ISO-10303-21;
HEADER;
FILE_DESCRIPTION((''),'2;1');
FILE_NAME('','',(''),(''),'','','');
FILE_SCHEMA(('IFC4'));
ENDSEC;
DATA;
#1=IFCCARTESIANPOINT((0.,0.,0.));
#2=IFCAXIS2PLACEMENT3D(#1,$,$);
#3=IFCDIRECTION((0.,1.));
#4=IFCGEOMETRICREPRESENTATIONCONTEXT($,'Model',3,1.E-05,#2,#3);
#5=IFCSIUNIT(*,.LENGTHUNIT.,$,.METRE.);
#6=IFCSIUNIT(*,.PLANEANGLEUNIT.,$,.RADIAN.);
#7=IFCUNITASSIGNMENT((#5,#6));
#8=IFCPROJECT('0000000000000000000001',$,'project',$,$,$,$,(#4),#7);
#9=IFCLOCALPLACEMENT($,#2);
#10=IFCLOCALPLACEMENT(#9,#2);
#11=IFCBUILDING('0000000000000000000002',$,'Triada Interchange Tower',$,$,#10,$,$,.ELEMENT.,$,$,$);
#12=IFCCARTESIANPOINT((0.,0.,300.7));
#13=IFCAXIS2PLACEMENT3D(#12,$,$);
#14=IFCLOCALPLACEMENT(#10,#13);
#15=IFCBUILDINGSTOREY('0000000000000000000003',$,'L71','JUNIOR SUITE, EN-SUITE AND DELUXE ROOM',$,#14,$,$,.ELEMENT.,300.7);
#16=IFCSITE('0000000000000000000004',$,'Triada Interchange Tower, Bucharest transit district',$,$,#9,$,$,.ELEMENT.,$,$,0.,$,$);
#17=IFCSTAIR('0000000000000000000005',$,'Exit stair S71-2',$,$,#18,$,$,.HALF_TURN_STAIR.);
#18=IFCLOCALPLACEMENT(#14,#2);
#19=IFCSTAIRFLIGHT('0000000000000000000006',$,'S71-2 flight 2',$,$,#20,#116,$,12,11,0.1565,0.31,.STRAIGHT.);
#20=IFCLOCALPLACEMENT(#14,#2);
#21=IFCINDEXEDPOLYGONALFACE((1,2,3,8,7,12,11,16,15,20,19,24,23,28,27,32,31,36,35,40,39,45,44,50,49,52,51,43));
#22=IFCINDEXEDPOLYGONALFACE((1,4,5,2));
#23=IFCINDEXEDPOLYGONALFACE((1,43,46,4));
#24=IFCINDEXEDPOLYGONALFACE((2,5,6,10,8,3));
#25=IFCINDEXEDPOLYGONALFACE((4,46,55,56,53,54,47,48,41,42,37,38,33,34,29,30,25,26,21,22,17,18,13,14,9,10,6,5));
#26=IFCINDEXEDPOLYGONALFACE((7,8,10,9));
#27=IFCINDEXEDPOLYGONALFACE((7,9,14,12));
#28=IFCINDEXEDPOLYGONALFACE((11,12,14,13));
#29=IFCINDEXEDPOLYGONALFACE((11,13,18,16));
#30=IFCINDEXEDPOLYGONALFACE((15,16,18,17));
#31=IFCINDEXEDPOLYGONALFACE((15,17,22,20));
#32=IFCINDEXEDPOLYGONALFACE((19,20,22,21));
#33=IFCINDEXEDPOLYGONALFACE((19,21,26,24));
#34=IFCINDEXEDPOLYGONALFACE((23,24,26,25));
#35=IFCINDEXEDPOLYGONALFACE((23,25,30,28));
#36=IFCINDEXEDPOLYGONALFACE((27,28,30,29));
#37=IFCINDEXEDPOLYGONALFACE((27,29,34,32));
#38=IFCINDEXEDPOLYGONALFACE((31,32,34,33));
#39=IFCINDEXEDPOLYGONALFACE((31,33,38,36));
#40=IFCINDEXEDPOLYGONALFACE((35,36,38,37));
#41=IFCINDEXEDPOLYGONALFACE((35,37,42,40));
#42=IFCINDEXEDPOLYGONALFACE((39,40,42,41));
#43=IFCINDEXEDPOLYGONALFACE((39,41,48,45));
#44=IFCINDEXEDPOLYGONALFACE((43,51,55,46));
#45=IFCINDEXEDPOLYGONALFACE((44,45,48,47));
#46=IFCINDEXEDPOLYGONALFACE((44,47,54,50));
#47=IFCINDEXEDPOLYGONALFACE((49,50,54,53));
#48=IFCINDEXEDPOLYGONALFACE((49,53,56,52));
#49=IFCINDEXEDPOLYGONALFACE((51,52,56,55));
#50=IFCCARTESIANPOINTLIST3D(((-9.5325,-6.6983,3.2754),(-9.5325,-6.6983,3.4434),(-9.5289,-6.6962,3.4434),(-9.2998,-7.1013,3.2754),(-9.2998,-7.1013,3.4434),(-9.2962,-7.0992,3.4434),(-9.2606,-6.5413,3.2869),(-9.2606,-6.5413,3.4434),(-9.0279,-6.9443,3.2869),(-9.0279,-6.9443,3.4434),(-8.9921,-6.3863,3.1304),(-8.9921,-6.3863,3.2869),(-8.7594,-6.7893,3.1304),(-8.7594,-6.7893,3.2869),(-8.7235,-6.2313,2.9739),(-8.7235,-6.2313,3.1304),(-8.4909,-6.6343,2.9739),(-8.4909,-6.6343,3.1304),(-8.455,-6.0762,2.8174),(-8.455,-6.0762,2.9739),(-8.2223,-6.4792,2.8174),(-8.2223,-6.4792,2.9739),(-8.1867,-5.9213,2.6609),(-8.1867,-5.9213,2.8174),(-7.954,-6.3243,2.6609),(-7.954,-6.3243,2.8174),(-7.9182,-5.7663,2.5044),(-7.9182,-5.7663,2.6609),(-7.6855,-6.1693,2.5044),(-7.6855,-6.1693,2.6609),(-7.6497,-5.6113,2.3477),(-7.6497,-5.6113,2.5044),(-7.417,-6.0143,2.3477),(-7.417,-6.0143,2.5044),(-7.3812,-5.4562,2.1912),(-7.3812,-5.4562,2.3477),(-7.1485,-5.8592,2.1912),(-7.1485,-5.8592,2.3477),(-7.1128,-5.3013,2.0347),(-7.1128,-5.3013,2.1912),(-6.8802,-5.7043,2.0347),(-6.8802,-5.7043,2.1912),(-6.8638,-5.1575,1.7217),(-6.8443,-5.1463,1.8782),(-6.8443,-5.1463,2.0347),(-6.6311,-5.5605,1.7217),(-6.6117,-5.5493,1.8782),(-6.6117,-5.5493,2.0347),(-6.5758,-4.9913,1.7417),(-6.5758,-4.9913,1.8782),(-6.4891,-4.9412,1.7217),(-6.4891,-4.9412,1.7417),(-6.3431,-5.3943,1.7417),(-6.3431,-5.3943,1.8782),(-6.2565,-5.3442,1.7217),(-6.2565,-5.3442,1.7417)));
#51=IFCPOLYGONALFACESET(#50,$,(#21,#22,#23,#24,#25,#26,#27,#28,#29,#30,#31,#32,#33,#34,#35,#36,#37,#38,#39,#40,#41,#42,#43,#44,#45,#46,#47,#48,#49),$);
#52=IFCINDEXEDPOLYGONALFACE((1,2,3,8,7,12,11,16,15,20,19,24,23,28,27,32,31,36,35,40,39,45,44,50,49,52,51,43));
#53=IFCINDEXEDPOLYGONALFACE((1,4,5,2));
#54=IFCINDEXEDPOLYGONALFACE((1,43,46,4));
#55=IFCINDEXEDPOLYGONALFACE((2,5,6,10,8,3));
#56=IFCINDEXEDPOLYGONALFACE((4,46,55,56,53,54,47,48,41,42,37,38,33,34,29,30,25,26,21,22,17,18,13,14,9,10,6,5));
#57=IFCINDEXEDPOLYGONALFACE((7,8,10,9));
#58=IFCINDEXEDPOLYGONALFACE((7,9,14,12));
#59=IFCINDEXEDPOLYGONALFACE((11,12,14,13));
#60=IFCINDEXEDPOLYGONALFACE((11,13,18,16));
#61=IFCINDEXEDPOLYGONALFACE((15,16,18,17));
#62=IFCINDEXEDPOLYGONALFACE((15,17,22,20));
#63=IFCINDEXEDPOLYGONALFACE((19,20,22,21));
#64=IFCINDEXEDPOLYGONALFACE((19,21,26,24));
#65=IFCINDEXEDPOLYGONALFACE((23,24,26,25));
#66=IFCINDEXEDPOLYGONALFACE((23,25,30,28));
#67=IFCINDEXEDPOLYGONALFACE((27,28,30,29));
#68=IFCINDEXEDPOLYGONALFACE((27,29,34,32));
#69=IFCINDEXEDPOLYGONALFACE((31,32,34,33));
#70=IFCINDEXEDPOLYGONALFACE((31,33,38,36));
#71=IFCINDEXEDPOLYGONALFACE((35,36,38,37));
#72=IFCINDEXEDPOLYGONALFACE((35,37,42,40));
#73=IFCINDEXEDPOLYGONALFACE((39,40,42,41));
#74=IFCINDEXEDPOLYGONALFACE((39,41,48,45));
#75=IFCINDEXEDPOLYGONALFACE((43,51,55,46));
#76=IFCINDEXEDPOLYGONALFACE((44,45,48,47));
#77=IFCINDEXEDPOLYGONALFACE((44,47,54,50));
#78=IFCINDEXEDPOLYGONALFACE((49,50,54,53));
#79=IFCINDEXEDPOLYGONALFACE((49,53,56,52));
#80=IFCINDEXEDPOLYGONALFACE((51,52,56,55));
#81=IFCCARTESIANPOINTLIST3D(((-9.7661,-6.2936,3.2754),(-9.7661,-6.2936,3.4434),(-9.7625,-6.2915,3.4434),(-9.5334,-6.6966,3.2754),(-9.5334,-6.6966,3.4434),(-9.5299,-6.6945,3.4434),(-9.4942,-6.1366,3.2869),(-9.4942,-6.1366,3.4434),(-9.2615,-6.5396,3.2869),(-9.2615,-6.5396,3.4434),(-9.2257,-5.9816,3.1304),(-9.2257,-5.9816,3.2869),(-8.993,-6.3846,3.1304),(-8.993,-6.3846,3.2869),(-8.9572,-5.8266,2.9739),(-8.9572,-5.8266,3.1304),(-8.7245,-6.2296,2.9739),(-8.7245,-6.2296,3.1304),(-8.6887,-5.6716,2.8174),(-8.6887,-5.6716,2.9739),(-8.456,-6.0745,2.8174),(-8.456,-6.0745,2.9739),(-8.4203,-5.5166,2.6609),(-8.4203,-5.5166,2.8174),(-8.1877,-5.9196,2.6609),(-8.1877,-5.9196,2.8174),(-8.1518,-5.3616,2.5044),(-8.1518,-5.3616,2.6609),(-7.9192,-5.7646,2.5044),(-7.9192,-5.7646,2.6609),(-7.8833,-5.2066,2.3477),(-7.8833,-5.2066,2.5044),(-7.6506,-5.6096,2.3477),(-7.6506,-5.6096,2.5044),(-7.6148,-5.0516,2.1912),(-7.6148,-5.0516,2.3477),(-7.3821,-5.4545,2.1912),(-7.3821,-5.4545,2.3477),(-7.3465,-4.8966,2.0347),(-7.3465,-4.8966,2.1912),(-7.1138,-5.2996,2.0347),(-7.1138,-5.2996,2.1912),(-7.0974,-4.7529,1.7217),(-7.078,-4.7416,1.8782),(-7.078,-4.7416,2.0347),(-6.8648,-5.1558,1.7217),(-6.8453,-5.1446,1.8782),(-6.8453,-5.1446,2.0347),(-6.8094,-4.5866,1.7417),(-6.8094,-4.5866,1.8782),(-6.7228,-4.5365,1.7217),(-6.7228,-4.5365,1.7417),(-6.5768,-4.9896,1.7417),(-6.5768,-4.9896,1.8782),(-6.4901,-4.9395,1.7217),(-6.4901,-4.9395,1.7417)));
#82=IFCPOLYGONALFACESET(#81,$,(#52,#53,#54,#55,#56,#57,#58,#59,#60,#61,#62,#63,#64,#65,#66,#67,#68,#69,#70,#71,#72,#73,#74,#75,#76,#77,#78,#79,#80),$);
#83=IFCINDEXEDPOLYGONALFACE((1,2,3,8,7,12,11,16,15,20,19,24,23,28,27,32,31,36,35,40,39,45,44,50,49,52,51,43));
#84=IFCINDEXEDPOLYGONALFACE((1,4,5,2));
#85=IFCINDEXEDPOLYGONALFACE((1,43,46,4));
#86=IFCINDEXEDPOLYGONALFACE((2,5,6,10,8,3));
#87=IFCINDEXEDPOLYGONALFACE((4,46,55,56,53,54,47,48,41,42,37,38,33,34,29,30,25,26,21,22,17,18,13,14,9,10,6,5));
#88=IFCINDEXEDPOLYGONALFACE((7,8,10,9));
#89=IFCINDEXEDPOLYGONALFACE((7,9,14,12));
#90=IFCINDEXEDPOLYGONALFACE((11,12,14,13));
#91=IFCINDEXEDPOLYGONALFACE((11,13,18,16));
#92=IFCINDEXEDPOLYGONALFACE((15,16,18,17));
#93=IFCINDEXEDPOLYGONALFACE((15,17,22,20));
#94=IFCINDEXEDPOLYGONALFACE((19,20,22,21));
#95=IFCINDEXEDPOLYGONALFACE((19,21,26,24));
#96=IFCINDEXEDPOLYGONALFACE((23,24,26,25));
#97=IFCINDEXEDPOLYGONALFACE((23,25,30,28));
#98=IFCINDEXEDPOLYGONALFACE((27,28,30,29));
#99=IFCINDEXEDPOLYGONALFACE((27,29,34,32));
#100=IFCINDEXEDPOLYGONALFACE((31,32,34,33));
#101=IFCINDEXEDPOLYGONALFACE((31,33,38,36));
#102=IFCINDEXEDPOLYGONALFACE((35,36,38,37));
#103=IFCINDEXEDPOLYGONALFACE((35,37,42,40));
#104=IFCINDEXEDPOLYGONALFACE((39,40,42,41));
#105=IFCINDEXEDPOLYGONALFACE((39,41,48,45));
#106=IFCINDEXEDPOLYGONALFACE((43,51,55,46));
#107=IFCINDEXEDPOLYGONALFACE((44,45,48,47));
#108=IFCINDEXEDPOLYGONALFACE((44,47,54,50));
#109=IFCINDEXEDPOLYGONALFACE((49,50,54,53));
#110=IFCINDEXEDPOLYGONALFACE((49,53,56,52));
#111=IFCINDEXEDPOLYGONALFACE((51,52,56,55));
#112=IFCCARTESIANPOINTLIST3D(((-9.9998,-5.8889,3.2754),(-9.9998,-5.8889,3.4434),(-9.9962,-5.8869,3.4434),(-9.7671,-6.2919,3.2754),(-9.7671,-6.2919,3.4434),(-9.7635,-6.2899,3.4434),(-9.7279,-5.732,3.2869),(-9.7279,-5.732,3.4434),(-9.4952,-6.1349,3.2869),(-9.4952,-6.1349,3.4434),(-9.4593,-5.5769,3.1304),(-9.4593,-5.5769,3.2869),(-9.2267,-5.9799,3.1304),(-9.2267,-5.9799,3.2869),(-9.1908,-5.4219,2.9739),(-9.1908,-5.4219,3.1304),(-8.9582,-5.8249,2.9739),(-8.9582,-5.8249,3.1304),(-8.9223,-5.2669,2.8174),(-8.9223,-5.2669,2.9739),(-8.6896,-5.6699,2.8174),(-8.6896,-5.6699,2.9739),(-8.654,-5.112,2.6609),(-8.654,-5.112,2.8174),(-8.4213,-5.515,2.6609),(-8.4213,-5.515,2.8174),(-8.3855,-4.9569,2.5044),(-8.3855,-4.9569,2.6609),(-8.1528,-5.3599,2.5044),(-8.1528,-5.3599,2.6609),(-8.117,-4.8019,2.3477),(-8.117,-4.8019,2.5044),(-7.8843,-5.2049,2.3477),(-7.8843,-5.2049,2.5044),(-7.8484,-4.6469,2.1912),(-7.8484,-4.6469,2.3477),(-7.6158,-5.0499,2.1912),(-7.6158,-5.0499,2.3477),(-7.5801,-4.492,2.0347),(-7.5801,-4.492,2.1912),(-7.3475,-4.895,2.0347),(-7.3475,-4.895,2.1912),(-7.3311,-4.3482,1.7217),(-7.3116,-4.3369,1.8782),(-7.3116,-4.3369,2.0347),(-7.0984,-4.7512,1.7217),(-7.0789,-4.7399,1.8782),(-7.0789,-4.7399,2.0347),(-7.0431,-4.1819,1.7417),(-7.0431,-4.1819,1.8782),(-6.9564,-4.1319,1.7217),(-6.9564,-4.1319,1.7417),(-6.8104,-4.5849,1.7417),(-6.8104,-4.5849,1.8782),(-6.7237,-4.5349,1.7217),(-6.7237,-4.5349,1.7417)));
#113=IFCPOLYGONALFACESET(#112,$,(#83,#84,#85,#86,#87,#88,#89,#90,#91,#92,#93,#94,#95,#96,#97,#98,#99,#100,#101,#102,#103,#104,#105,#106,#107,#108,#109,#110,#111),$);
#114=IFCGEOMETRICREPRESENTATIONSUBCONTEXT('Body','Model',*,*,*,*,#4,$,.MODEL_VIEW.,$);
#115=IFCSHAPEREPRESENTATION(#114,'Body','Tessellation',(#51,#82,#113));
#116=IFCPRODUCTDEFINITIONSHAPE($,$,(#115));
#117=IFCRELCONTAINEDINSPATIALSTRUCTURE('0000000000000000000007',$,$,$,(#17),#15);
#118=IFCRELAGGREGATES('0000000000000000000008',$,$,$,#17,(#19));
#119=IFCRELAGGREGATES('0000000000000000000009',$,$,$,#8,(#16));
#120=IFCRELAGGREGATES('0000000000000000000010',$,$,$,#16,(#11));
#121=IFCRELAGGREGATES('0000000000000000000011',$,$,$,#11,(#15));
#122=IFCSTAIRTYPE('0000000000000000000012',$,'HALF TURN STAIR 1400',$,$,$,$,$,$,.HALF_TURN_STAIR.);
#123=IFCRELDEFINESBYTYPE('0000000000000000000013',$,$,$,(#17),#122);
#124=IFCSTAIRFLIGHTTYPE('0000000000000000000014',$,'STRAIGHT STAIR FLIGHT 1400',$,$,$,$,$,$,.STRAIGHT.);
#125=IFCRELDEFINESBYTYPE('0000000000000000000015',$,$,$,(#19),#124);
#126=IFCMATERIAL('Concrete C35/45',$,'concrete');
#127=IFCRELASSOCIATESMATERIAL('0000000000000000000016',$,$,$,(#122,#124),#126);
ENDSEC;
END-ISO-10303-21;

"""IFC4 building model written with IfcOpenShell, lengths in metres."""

from ifc_helpers import new_model, si_unit, direction, frame, origin, place, context, subcontext, project, spatial, polyline, outline, extrude, material, type_object, element, aggregate, save


model = new_model("IFC4")

# Units and contexts
model_context = context("Model", 3, precision=1e-05, world=origin(), true_north=direction((0.0, 1.0)))
body_context = subcontext(model_context, "Body", "Model", "MODEL_VIEW")
ifc_project = project(units=[si_unit("LENGTHUNIT", "METRE"), si_unit("PLANEANGLEUNIT", "RADIAN")], contexts=[model_context])

# Site, building, storey
site_placement = place(None, origin())
site = spatial("IfcSite", under=ifc_project, at=site_placement, Name="Triada Interchange Tower, Bucharest transit district", CompositionType="ELEMENT", RefElevation=0.0)
building_placement = place(site_placement, origin())
building = spatial("IfcBuilding", under=site, at=building_placement, Name="Triada Interchange Tower", CompositionType="ELEMENT")
storey_placement = place(building_placement, frame((0.0, 0.0, 300.7)))
storey = spatial("IfcBuildingStorey", under=building, at=storey_placement, Name="L71", Description="JUNIOR SUITE, EN-SUITE AND DELUXE ROOM", CompositionType="ELEMENT", Elevation=300.7)

# Stair, stair flight
ifc_material_1 = material(Name="Concrete C35/45", Category="concrete")
stair_type = type_object("IfcStairType", Name="HALF TURN STAIR 1400", PredefinedType="HALF_TURN_STAIR", material=ifc_material_1)
stair_placement = place(storey_placement, origin())
stair = element("IfcStair", 1, at=stair_placement, inside=storey, type_object=stair_type, Name="Exit stair S71-2", PredefinedType="HALF_TURN_STAIR")
stair_flight_type = type_object("IfcStairFlightType", Name="STRAIGHT STAIR FLIGHT 1400", PredefinedType="STRAIGHT", material=ifc_material_1)
stair_flight_1_placement = place(storey_placement, frame((-6.6931, -4.7881, 1.7217), z_axis=(0.0, 0.0, 1.0), x_axis=(-0.866025, -0.5, 0.0)))
stair_flight_1 = element("IfcStairFlight", 2, at=stair_flight_1_placement, type_object=stair_flight_type, Name="S71-2 flight 2", NumberOfRisers=12, NumberOfTreads=11, PredefinedType="STRAIGHT", RiserHeight=0.1565, TreadLength=0.31, context=body_context, shape_type="SweptSolid", body=[
    extrude(outline(polyline([(-0.1001, 0.0), (-0.1001, 0.02), (0.0, 0.02), (0.0, 0.1565), (0.3101, 0.1565), (0.3101, 0.313), (0.6201, 0.313), (0.6201, 0.4695), (0.9299, 0.4695), (0.9299, 0.626), (1.24, 0.626), (1.24, 0.7827), (1.55, 0.7827), (1.55, 0.9392), (1.8601, 0.9392), (1.8601, 1.0957), (2.1699, 1.0957), (2.1699, 1.2522), (2.48, 1.2522), (2.48, 1.4087), (2.79, 1.4087), (2.79, 1.5652), (3.1001, 1.5652), (3.1001, 1.7217), (3.4099, 1.7217), (3.4141, 1.7217), (3.4141, 1.8782), (3.4141, 1.5537), (0.3325, 0.0), (-0.1001, 0.0)])), frame((0.0, 0.7, 0.0), z_axis=(0.0, -1.0, 0.0), x_axis=(1.0, 0.0, 0.0)), (0.0, 0.0, 1.0), 0.4653),
    extrude(outline(polyline([(-0.1001, 0.0), (-0.1001, 0.02), (0.0, 0.02), (0.0, 0.1565), (0.3101, 0.1565), (0.3101, 0.313), (0.6201, 0.313), (0.6201, 0.4695), (0.9299, 0.4695), (0.9299, 0.626), (1.24, 0.626), (1.24, 0.7827), (1.55, 0.7827), (1.55, 0.9392), (1.8601, 0.9392), (1.8601, 1.0957), (2.1699, 1.0957), (2.1699, 1.2522), (2.48, 1.2522), (2.48, 1.4087), (2.79, 1.4087), (2.79, 1.5652), (3.1001, 1.5652), (3.1001, 1.7217), (3.4099, 1.7217), (3.4141, 1.7217), (3.4141, 1.8782), (3.4141, 1.5537), (0.3325, 0.0), (-0.1001, 0.0)])), frame((0.0, 0.2327, 0.0), z_axis=(0.0, -1.0, 0.0), x_axis=(1.0, 0.0, 0.0)), (0.0, 0.0, 1.0), 0.4653),
    extrude(outline(polyline([(-0.1001, 0.0), (-0.1001, 0.02), (0.0, 0.02), (0.0, 0.1565), (0.3101, 0.1565), (0.3101, 0.313), (0.6201, 0.313), (0.6201, 0.4695), (0.9299, 0.4695), (0.9299, 0.626), (1.24, 0.626), (1.24, 0.7827), (1.55, 0.7827), (1.55, 0.9392), (1.8601, 0.9392), (1.8601, 1.0957), (2.1699, 1.0957), (2.1699, 1.2522), (2.48, 1.2522), (2.48, 1.4087), (2.79, 1.4087), (2.79, 1.5652), (3.1001, 1.5652), (3.1001, 1.7217), (3.4099, 1.7217), (3.4141, 1.7217), (3.4141, 1.8782), (3.4141, 1.5537), (0.3325, 0.0), (-0.1001, 0.0)])), frame((0.0, -0.2346, 0.0), z_axis=(0.0, -1.0, 0.0), x_axis=(1.0, 0.0, 0.0)), (0.0, 0.0, 1.0), 0.4653),
])
aggregate(stair, [stair_flight_1])

save(model, "model.ifc")
